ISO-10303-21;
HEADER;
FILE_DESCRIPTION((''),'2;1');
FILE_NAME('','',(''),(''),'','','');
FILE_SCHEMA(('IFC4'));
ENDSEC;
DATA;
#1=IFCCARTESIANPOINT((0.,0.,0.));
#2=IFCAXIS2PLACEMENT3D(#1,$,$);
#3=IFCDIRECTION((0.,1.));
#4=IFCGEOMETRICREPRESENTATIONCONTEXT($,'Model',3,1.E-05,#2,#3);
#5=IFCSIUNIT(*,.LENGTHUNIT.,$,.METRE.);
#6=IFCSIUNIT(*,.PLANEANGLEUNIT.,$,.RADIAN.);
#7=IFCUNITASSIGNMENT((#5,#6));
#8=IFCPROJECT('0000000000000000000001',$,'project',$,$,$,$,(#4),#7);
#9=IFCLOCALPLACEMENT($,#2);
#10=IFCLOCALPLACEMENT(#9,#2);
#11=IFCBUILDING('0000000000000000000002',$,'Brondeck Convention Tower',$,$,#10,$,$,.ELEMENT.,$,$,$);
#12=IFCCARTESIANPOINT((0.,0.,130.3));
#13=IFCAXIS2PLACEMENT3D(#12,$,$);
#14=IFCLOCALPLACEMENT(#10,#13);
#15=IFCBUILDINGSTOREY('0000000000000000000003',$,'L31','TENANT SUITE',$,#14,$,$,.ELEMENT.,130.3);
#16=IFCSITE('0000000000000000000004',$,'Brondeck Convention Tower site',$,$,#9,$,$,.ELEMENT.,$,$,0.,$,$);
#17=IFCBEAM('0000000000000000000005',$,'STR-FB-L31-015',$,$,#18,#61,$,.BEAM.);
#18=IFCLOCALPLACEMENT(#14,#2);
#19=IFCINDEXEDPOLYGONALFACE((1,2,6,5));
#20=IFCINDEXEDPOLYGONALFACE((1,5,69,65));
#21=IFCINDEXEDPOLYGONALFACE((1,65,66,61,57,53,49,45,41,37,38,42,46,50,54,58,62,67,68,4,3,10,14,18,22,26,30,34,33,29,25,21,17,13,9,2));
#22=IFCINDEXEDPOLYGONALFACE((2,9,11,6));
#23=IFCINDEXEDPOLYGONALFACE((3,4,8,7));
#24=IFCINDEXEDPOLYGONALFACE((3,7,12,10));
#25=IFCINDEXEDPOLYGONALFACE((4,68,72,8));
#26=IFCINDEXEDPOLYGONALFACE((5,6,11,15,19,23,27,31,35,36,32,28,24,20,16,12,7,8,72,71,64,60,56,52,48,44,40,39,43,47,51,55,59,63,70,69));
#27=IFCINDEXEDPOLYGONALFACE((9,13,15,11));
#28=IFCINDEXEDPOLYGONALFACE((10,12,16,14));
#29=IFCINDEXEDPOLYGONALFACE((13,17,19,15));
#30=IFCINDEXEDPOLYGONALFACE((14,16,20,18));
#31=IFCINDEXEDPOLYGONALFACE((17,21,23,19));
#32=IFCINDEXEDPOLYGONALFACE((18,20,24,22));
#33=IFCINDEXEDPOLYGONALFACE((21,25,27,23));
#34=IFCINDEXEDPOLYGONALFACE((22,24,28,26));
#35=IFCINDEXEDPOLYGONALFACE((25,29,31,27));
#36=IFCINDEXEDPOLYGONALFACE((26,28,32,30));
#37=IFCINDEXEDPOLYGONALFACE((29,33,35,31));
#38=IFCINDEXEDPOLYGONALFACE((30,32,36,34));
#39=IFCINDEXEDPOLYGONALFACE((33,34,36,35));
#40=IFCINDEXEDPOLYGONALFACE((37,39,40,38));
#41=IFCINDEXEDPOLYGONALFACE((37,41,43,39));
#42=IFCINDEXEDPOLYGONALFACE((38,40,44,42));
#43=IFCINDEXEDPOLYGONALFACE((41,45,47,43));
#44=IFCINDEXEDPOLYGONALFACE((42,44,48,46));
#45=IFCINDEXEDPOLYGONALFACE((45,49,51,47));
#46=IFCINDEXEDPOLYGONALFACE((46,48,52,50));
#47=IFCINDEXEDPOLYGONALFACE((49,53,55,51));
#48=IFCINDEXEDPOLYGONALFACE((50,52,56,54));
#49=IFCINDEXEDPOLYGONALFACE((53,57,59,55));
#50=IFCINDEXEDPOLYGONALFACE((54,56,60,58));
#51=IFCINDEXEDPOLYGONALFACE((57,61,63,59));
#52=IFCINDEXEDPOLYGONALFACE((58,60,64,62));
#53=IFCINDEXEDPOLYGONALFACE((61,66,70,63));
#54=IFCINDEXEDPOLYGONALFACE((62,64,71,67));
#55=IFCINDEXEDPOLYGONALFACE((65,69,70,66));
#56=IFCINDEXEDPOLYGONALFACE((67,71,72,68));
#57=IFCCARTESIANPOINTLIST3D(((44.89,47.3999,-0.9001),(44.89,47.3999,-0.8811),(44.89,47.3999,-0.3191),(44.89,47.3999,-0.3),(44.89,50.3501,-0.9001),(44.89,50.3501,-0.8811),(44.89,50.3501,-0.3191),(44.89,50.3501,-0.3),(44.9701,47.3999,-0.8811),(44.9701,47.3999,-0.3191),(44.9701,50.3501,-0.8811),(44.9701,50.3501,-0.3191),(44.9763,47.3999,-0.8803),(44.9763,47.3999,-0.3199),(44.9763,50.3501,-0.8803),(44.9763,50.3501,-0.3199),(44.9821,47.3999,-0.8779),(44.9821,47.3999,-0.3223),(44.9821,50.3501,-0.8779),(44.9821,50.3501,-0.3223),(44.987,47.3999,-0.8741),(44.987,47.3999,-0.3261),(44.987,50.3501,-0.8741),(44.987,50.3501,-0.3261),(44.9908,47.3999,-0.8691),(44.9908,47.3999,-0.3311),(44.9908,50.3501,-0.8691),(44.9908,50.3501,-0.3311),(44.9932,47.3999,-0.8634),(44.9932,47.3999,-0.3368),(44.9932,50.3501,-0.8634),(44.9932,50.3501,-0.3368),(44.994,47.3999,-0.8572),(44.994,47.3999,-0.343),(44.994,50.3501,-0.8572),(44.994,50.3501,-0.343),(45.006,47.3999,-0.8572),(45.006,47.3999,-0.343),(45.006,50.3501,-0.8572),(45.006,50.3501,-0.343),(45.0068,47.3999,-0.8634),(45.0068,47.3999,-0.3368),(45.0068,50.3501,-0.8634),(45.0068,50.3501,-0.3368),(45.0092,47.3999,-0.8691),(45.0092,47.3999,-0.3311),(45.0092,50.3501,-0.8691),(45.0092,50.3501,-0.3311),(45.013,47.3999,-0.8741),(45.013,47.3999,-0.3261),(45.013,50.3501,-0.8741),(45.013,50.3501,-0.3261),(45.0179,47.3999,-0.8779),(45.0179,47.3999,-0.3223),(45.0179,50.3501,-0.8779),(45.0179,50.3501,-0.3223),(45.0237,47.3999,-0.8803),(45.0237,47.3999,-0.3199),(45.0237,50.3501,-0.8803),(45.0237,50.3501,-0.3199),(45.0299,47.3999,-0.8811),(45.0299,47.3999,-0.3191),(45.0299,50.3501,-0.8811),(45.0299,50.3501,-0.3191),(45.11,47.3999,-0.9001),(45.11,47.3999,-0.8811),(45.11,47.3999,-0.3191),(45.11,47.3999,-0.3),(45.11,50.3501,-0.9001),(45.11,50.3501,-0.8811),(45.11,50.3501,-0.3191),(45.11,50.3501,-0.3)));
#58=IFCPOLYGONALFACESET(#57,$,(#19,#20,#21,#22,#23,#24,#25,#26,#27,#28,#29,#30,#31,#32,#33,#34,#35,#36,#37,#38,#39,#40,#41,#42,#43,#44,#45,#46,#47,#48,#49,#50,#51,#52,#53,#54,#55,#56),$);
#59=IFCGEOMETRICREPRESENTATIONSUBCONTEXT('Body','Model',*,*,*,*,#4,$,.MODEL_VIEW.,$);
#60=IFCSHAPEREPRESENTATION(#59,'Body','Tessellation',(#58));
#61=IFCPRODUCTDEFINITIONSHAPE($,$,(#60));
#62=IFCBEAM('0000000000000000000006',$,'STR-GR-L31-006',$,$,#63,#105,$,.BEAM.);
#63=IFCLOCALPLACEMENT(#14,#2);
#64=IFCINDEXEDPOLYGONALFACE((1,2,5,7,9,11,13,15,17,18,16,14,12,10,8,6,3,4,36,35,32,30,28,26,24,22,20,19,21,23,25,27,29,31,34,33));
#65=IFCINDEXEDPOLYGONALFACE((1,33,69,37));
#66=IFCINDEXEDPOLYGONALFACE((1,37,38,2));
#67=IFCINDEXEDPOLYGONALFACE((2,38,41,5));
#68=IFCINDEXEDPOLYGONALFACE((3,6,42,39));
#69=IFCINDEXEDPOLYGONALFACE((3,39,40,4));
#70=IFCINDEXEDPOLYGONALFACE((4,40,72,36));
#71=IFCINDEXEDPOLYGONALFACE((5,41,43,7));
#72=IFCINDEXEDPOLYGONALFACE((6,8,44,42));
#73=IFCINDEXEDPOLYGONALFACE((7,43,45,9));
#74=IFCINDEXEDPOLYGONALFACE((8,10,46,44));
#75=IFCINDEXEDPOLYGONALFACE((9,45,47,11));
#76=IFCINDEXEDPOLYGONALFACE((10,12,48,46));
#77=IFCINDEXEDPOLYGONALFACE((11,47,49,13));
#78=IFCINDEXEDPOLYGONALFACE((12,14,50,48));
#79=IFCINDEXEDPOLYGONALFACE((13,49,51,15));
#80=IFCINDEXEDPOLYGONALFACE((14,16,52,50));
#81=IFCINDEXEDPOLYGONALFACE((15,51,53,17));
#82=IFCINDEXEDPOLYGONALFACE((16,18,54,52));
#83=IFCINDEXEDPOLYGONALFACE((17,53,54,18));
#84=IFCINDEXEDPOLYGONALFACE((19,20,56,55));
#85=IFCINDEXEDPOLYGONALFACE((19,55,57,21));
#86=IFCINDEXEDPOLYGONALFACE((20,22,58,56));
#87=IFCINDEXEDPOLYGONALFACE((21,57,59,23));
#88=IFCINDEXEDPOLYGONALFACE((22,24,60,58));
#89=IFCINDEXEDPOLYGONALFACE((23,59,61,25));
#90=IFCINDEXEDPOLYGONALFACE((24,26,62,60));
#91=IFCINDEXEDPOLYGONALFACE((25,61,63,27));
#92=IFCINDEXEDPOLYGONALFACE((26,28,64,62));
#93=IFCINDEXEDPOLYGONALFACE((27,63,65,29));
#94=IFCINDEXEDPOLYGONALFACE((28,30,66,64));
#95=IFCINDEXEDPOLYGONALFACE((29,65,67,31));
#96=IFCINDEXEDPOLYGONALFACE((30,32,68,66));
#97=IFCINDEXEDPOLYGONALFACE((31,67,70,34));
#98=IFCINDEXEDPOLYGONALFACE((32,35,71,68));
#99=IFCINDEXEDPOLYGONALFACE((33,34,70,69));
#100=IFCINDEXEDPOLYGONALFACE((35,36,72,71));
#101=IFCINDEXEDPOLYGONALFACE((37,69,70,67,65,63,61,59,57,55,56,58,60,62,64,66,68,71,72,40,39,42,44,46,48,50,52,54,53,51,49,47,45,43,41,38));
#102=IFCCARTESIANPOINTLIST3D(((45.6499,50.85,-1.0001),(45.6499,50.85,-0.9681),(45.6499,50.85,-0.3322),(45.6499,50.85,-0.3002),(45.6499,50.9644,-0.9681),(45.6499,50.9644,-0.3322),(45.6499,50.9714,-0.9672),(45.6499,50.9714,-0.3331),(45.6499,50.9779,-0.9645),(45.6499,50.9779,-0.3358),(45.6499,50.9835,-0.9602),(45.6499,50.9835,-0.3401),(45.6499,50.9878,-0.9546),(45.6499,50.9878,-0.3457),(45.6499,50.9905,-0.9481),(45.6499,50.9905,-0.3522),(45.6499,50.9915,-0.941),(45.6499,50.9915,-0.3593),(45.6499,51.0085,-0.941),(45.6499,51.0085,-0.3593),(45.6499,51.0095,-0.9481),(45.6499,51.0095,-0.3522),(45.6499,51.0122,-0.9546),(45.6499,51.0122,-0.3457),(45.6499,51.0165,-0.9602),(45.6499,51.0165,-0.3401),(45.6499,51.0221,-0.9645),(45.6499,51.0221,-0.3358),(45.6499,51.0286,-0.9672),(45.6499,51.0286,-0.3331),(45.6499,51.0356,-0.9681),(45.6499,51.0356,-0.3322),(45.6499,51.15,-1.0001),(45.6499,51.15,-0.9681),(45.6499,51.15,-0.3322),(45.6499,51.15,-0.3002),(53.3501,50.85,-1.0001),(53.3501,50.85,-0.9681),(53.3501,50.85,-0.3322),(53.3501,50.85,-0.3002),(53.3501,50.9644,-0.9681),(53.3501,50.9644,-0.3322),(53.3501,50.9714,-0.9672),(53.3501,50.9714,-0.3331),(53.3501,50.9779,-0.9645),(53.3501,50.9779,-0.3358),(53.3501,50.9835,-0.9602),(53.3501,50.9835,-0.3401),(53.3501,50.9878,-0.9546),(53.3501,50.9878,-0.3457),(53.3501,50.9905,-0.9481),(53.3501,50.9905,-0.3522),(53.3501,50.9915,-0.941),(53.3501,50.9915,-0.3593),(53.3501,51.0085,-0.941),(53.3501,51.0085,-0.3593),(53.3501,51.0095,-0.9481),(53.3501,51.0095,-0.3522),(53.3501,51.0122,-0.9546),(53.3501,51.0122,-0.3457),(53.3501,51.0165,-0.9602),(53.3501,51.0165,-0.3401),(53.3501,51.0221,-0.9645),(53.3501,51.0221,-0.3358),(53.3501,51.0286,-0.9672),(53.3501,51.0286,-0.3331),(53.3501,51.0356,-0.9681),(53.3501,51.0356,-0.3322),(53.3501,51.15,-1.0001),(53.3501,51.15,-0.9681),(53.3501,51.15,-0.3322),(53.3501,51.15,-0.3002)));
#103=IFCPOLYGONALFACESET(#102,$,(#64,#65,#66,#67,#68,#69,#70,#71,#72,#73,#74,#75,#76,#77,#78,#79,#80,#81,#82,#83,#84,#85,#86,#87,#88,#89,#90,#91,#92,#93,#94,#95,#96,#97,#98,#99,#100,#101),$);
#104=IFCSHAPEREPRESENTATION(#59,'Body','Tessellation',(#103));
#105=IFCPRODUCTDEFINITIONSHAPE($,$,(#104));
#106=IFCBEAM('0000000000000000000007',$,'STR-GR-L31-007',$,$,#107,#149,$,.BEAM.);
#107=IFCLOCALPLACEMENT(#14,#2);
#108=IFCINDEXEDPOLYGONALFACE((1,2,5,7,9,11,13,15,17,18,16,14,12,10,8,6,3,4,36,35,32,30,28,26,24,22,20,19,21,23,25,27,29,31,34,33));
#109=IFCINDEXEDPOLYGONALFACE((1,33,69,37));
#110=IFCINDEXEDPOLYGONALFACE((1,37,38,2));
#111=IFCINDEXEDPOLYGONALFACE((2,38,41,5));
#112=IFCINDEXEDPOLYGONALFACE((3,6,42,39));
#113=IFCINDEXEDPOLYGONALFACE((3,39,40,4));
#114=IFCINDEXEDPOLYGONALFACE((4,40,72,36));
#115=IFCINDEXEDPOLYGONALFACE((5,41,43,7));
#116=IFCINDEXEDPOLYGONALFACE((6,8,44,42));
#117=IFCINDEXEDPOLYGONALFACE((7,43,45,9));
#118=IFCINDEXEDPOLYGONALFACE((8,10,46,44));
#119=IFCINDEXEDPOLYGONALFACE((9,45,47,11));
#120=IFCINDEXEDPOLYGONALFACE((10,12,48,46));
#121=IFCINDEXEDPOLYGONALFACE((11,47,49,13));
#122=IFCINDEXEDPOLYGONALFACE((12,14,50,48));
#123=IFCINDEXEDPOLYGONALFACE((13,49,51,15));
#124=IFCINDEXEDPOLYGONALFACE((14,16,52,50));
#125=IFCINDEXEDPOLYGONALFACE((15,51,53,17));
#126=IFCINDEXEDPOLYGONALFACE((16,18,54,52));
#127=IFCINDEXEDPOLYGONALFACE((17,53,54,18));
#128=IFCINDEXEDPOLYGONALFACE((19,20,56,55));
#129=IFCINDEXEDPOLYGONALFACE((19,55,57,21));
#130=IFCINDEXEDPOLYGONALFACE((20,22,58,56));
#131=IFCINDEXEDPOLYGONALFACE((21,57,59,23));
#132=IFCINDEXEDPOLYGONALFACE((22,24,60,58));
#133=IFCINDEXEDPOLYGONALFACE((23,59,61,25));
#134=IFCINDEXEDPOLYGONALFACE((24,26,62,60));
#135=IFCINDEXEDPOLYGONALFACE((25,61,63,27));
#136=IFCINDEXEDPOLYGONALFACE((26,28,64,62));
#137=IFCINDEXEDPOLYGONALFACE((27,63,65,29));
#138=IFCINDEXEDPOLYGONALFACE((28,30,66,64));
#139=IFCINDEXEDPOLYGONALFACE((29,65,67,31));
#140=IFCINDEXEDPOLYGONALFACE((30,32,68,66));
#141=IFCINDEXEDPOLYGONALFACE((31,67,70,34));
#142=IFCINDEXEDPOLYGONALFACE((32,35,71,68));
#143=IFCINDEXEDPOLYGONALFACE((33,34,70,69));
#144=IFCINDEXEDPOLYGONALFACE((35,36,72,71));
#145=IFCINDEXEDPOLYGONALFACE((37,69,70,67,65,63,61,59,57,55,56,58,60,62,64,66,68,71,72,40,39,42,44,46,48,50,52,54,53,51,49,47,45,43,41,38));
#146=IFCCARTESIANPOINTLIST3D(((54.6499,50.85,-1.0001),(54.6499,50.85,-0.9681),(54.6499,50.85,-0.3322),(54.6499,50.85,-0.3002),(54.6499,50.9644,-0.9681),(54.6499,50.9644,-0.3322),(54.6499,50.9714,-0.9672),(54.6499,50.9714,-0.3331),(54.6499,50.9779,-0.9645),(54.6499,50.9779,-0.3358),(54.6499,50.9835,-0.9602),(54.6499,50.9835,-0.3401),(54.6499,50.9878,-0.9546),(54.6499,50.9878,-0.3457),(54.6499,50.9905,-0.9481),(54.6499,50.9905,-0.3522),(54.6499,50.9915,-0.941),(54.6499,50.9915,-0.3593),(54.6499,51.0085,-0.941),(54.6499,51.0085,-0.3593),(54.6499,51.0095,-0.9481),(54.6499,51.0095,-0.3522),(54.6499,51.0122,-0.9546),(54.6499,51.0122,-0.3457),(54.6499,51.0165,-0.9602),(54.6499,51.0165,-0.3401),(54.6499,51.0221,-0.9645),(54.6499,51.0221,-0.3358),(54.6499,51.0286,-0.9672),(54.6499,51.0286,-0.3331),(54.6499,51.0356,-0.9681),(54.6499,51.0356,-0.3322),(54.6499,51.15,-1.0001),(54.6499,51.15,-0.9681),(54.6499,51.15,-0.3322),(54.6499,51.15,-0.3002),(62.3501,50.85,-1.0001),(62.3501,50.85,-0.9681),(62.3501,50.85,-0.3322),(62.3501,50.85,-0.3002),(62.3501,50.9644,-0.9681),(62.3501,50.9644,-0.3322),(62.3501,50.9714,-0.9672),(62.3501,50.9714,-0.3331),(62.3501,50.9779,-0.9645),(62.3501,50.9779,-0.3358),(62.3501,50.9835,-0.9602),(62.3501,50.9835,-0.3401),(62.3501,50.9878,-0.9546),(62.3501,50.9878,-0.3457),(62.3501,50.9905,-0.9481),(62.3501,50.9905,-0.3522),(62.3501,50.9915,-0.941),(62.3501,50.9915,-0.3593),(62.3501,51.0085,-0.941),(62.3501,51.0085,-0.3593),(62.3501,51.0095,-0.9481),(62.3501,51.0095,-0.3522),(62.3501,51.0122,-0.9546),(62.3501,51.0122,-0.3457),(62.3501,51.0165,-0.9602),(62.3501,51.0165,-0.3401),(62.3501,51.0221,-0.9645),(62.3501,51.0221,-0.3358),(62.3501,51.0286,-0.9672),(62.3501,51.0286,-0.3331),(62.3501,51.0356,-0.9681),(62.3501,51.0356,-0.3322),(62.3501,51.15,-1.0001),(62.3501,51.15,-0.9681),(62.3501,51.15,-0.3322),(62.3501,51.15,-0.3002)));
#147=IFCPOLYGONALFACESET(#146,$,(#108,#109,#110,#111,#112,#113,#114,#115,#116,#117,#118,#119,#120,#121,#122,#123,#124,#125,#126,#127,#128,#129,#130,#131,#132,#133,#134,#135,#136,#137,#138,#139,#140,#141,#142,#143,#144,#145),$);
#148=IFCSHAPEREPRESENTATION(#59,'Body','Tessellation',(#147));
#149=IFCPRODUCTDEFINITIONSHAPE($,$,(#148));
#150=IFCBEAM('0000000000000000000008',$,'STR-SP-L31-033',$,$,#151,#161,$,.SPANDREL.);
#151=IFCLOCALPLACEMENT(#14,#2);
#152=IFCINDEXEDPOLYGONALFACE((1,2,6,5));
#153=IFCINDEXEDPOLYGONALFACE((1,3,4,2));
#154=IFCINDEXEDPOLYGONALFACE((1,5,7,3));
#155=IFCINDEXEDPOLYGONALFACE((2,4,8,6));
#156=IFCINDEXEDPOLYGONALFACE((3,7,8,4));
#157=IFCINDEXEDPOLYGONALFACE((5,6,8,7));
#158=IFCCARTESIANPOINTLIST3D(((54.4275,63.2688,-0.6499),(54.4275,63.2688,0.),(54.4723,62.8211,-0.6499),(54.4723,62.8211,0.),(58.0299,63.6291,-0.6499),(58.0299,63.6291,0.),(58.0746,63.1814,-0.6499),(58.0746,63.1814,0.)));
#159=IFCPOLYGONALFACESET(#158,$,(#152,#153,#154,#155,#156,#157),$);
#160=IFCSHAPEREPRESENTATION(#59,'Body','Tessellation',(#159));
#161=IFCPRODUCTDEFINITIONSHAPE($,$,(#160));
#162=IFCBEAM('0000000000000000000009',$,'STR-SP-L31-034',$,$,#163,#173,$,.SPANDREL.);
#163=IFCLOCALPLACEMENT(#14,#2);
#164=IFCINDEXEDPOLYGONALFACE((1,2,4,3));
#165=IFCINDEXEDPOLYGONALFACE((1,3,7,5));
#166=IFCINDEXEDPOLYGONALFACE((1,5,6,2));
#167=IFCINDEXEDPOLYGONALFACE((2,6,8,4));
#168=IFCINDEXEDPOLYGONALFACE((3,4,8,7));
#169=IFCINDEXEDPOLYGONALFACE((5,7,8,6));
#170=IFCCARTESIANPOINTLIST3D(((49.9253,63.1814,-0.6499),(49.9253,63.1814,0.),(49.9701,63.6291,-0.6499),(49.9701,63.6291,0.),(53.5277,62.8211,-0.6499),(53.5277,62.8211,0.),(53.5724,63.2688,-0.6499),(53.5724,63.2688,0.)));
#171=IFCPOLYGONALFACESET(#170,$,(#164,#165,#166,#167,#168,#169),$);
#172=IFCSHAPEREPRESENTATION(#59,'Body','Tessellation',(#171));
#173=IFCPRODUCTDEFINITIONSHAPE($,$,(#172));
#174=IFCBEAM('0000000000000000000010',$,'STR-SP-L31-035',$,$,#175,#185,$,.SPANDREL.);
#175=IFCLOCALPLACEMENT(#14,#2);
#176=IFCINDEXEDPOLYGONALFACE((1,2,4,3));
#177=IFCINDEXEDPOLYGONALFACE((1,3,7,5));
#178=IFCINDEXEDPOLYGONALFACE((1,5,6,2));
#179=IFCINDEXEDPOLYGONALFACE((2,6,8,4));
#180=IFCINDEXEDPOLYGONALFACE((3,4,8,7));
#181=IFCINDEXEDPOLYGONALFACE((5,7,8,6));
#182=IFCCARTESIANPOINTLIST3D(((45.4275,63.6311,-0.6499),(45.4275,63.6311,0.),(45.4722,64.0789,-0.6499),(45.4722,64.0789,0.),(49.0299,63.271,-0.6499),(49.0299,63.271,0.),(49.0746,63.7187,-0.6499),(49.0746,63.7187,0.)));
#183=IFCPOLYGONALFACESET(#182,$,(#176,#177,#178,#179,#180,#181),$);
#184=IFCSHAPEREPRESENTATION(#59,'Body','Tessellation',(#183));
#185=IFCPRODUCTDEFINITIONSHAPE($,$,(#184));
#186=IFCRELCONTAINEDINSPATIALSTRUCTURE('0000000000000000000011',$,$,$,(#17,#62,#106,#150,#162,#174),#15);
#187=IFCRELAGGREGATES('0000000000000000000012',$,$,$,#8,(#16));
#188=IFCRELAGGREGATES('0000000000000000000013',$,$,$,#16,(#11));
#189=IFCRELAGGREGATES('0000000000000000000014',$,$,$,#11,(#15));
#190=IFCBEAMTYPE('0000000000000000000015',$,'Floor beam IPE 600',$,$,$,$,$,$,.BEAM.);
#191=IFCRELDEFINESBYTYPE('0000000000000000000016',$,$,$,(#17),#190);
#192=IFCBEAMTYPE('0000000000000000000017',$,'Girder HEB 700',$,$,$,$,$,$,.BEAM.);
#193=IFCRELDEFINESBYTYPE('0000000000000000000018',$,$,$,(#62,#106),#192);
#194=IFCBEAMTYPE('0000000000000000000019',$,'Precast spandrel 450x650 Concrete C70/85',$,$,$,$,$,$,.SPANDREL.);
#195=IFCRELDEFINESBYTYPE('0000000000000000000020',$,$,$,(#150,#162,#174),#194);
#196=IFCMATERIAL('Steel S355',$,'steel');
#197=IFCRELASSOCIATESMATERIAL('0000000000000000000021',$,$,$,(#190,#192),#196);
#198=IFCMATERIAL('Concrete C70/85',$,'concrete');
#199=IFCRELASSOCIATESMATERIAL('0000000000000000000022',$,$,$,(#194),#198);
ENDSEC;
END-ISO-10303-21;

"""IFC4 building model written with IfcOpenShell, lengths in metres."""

from ifc_helpers import new_model, si_unit, direction, frame, origin, origin_2d, place, context, subcontext, project, spatial, rectangle, i_section, extrude, material, material_profile, profile_set, type_object, element, save


model = new_model("IFC4")

# Units and contexts
model_context = context("Model", 3, precision=1e-05, world=origin(), true_north=direction((0.0, 1.0)))
body_context = subcontext(model_context, "Body", "Model", "MODEL_VIEW")
ifc_project = project(units=[si_unit("LENGTHUNIT", "METRE"), si_unit("PLANEANGLEUNIT", "RADIAN")], contexts=[model_context])

# Site, building, storey
site_placement = place(None, origin())
site = spatial("IfcSite", under=ifc_project, at=site_placement, Name="Brondeck Convention Tower site", CompositionType="ELEMENT", RefElevation=0.0)
building_placement = place(site_placement, origin())
building = spatial("IfcBuilding", under=site, at=building_placement, Name="Brondeck Convention Tower", CompositionType="ELEMENT")
storey_placement = place(building_placement, frame((0.0, 0.0, 130.3)))
storey = spatial("IfcBuildingStorey", under=building, at=storey_placement, Name="L31", Description="TENANT SUITE", CompositionType="ELEMENT", Elevation=130.3)

# Shared definitions
ifc_material_1 = material(Name="Concrete C70/85", Category="concrete")

# Beams
ifc_material_2 = material(Name="Steel S355", Category="steel")
ifc_material_profile_1 = material_profile(ifc_material_2, i_section(OverallWidth=0.22, OverallDepth=0.6001, WebThickness=0.012, FlangeThickness=0.019, FilletRadius=0.0239, at=origin_2d()), Name="IPE 600")
ifc_profile_set_1 = profile_set([ifc_material_profile_1], Name="Steel S355")
beam_type_1 = type_object("IfcBeamType", Name="Floor beam IPE 600", PredefinedType="BEAM", material=ifc_profile_set_1)
beam_1_placement = place(storey_placement, frame((45.0, 47.3999, -0.6001), z_axis=(0.0, 1.0, 0.0), x_axis=(-1.0, 0.0, 0.0)))
element("IfcBeam", 1, at=beam_1_placement, inside=storey, type_object=beam_type_1, Name="STR-FB-L31-015", PredefinedType="BEAM", context=body_context, shape_type="SweptSolid", body=[
    extrude(i_section(OverallWidth=0.22, OverallDepth=0.6001, WebThickness=0.012, FlangeThickness=0.019, FilletRadius=0.0239, at=origin_2d()), origin(), (0.0, 0.0, 1.0), 2.9502),
])
ifc_material_profile_2 = material_profile(ifc_material_2, i_section(OverallWidth=0.3, OverallDepth=0.7, WebThickness=0.0171, FlangeThickness=0.032, FilletRadius=0.0271, at=origin_2d()), Name="HEB 700")
ifc_profile_set_2 = profile_set([ifc_material_profile_2], Name="Steel S355")
beam_type_2 = type_object("IfcBeamType", Name="Girder HEB 700", PredefinedType="BEAM", material=ifc_profile_set_2)
for number, where, z_axis, x_axis, name in (
    (2, (45.6499, 51.0, -0.6501), (1.0, 0.0, 0.0), (0.0, 1.0, 0.0), "STR-GR-L31-006"),
    (3, (54.6499, 51.0, -0.6501), (1.0, 0.0, 0.0), (0.0, 1.0, 0.0), "STR-GR-L31-007"),
):
    element("IfcBeam", number, at=place(storey_placement, frame(where, z_axis=z_axis, x_axis=x_axis)), inside=storey, type_object=beam_type_2, Name=name, PredefinedType="BEAM", context=body_context, shape_type="SweptSolid", body=[
        extrude(i_section(OverallWidth=0.3, OverallDepth=0.7, WebThickness=0.0171, FlangeThickness=0.032, FilletRadius=0.0271, at=origin_2d()), origin(), (0.0, 0.0, 1.0), 7.7002),
    ])
ifc_material_profile_3 = material_profile(ifc_material_1, rectangle(XDim=0.45, YDim=0.6499, at=origin_2d()), Name="Precast spandrel 450x650 Concrete C70/85")
ifc_profile_set_3 = profile_set([ifc_material_profile_3], Name="Concrete C70/85")
beam_type_3 = type_object("IfcBeamType", Name="Precast spandrel 450x650 Concrete C70/85", PredefinedType="SPANDREL", material=ifc_profile_set_3)
for number, where, z_axis, x_axis, name in (
    (4, (58.0522, 63.4053, -0.325), (-0.995034, -0.099537, 0.0), (0.099537, -0.995034, 0.0), "STR-SP-L31-033"),
    (5, (53.55, 63.0449, -0.325), (-0.995034, 0.099537, 0.0), (-0.099537, -0.995034, 0.0), "STR-SP-L31-034"),
    (6, (49.0522, 63.4949, -0.325), (-0.995041, 0.09947, 0.0), (-0.09947, -0.995041, 0.0), "STR-SP-L31-035"),
):
    element("IfcBeam", number, at=place(storey_placement, frame(where, z_axis=z_axis, x_axis=x_axis)), inside=storey, type_object=beam_type_3, Name=name, PredefinedType="SPANDREL", context=body_context, shape_type="SweptSolid", body=[
        extrude(rectangle(XDim=0.45, YDim=0.6499, at=origin_2d()), origin(), (0.0, 0.0, 1.0), 3.6204),
    ])

save(model, "model.ifc")
